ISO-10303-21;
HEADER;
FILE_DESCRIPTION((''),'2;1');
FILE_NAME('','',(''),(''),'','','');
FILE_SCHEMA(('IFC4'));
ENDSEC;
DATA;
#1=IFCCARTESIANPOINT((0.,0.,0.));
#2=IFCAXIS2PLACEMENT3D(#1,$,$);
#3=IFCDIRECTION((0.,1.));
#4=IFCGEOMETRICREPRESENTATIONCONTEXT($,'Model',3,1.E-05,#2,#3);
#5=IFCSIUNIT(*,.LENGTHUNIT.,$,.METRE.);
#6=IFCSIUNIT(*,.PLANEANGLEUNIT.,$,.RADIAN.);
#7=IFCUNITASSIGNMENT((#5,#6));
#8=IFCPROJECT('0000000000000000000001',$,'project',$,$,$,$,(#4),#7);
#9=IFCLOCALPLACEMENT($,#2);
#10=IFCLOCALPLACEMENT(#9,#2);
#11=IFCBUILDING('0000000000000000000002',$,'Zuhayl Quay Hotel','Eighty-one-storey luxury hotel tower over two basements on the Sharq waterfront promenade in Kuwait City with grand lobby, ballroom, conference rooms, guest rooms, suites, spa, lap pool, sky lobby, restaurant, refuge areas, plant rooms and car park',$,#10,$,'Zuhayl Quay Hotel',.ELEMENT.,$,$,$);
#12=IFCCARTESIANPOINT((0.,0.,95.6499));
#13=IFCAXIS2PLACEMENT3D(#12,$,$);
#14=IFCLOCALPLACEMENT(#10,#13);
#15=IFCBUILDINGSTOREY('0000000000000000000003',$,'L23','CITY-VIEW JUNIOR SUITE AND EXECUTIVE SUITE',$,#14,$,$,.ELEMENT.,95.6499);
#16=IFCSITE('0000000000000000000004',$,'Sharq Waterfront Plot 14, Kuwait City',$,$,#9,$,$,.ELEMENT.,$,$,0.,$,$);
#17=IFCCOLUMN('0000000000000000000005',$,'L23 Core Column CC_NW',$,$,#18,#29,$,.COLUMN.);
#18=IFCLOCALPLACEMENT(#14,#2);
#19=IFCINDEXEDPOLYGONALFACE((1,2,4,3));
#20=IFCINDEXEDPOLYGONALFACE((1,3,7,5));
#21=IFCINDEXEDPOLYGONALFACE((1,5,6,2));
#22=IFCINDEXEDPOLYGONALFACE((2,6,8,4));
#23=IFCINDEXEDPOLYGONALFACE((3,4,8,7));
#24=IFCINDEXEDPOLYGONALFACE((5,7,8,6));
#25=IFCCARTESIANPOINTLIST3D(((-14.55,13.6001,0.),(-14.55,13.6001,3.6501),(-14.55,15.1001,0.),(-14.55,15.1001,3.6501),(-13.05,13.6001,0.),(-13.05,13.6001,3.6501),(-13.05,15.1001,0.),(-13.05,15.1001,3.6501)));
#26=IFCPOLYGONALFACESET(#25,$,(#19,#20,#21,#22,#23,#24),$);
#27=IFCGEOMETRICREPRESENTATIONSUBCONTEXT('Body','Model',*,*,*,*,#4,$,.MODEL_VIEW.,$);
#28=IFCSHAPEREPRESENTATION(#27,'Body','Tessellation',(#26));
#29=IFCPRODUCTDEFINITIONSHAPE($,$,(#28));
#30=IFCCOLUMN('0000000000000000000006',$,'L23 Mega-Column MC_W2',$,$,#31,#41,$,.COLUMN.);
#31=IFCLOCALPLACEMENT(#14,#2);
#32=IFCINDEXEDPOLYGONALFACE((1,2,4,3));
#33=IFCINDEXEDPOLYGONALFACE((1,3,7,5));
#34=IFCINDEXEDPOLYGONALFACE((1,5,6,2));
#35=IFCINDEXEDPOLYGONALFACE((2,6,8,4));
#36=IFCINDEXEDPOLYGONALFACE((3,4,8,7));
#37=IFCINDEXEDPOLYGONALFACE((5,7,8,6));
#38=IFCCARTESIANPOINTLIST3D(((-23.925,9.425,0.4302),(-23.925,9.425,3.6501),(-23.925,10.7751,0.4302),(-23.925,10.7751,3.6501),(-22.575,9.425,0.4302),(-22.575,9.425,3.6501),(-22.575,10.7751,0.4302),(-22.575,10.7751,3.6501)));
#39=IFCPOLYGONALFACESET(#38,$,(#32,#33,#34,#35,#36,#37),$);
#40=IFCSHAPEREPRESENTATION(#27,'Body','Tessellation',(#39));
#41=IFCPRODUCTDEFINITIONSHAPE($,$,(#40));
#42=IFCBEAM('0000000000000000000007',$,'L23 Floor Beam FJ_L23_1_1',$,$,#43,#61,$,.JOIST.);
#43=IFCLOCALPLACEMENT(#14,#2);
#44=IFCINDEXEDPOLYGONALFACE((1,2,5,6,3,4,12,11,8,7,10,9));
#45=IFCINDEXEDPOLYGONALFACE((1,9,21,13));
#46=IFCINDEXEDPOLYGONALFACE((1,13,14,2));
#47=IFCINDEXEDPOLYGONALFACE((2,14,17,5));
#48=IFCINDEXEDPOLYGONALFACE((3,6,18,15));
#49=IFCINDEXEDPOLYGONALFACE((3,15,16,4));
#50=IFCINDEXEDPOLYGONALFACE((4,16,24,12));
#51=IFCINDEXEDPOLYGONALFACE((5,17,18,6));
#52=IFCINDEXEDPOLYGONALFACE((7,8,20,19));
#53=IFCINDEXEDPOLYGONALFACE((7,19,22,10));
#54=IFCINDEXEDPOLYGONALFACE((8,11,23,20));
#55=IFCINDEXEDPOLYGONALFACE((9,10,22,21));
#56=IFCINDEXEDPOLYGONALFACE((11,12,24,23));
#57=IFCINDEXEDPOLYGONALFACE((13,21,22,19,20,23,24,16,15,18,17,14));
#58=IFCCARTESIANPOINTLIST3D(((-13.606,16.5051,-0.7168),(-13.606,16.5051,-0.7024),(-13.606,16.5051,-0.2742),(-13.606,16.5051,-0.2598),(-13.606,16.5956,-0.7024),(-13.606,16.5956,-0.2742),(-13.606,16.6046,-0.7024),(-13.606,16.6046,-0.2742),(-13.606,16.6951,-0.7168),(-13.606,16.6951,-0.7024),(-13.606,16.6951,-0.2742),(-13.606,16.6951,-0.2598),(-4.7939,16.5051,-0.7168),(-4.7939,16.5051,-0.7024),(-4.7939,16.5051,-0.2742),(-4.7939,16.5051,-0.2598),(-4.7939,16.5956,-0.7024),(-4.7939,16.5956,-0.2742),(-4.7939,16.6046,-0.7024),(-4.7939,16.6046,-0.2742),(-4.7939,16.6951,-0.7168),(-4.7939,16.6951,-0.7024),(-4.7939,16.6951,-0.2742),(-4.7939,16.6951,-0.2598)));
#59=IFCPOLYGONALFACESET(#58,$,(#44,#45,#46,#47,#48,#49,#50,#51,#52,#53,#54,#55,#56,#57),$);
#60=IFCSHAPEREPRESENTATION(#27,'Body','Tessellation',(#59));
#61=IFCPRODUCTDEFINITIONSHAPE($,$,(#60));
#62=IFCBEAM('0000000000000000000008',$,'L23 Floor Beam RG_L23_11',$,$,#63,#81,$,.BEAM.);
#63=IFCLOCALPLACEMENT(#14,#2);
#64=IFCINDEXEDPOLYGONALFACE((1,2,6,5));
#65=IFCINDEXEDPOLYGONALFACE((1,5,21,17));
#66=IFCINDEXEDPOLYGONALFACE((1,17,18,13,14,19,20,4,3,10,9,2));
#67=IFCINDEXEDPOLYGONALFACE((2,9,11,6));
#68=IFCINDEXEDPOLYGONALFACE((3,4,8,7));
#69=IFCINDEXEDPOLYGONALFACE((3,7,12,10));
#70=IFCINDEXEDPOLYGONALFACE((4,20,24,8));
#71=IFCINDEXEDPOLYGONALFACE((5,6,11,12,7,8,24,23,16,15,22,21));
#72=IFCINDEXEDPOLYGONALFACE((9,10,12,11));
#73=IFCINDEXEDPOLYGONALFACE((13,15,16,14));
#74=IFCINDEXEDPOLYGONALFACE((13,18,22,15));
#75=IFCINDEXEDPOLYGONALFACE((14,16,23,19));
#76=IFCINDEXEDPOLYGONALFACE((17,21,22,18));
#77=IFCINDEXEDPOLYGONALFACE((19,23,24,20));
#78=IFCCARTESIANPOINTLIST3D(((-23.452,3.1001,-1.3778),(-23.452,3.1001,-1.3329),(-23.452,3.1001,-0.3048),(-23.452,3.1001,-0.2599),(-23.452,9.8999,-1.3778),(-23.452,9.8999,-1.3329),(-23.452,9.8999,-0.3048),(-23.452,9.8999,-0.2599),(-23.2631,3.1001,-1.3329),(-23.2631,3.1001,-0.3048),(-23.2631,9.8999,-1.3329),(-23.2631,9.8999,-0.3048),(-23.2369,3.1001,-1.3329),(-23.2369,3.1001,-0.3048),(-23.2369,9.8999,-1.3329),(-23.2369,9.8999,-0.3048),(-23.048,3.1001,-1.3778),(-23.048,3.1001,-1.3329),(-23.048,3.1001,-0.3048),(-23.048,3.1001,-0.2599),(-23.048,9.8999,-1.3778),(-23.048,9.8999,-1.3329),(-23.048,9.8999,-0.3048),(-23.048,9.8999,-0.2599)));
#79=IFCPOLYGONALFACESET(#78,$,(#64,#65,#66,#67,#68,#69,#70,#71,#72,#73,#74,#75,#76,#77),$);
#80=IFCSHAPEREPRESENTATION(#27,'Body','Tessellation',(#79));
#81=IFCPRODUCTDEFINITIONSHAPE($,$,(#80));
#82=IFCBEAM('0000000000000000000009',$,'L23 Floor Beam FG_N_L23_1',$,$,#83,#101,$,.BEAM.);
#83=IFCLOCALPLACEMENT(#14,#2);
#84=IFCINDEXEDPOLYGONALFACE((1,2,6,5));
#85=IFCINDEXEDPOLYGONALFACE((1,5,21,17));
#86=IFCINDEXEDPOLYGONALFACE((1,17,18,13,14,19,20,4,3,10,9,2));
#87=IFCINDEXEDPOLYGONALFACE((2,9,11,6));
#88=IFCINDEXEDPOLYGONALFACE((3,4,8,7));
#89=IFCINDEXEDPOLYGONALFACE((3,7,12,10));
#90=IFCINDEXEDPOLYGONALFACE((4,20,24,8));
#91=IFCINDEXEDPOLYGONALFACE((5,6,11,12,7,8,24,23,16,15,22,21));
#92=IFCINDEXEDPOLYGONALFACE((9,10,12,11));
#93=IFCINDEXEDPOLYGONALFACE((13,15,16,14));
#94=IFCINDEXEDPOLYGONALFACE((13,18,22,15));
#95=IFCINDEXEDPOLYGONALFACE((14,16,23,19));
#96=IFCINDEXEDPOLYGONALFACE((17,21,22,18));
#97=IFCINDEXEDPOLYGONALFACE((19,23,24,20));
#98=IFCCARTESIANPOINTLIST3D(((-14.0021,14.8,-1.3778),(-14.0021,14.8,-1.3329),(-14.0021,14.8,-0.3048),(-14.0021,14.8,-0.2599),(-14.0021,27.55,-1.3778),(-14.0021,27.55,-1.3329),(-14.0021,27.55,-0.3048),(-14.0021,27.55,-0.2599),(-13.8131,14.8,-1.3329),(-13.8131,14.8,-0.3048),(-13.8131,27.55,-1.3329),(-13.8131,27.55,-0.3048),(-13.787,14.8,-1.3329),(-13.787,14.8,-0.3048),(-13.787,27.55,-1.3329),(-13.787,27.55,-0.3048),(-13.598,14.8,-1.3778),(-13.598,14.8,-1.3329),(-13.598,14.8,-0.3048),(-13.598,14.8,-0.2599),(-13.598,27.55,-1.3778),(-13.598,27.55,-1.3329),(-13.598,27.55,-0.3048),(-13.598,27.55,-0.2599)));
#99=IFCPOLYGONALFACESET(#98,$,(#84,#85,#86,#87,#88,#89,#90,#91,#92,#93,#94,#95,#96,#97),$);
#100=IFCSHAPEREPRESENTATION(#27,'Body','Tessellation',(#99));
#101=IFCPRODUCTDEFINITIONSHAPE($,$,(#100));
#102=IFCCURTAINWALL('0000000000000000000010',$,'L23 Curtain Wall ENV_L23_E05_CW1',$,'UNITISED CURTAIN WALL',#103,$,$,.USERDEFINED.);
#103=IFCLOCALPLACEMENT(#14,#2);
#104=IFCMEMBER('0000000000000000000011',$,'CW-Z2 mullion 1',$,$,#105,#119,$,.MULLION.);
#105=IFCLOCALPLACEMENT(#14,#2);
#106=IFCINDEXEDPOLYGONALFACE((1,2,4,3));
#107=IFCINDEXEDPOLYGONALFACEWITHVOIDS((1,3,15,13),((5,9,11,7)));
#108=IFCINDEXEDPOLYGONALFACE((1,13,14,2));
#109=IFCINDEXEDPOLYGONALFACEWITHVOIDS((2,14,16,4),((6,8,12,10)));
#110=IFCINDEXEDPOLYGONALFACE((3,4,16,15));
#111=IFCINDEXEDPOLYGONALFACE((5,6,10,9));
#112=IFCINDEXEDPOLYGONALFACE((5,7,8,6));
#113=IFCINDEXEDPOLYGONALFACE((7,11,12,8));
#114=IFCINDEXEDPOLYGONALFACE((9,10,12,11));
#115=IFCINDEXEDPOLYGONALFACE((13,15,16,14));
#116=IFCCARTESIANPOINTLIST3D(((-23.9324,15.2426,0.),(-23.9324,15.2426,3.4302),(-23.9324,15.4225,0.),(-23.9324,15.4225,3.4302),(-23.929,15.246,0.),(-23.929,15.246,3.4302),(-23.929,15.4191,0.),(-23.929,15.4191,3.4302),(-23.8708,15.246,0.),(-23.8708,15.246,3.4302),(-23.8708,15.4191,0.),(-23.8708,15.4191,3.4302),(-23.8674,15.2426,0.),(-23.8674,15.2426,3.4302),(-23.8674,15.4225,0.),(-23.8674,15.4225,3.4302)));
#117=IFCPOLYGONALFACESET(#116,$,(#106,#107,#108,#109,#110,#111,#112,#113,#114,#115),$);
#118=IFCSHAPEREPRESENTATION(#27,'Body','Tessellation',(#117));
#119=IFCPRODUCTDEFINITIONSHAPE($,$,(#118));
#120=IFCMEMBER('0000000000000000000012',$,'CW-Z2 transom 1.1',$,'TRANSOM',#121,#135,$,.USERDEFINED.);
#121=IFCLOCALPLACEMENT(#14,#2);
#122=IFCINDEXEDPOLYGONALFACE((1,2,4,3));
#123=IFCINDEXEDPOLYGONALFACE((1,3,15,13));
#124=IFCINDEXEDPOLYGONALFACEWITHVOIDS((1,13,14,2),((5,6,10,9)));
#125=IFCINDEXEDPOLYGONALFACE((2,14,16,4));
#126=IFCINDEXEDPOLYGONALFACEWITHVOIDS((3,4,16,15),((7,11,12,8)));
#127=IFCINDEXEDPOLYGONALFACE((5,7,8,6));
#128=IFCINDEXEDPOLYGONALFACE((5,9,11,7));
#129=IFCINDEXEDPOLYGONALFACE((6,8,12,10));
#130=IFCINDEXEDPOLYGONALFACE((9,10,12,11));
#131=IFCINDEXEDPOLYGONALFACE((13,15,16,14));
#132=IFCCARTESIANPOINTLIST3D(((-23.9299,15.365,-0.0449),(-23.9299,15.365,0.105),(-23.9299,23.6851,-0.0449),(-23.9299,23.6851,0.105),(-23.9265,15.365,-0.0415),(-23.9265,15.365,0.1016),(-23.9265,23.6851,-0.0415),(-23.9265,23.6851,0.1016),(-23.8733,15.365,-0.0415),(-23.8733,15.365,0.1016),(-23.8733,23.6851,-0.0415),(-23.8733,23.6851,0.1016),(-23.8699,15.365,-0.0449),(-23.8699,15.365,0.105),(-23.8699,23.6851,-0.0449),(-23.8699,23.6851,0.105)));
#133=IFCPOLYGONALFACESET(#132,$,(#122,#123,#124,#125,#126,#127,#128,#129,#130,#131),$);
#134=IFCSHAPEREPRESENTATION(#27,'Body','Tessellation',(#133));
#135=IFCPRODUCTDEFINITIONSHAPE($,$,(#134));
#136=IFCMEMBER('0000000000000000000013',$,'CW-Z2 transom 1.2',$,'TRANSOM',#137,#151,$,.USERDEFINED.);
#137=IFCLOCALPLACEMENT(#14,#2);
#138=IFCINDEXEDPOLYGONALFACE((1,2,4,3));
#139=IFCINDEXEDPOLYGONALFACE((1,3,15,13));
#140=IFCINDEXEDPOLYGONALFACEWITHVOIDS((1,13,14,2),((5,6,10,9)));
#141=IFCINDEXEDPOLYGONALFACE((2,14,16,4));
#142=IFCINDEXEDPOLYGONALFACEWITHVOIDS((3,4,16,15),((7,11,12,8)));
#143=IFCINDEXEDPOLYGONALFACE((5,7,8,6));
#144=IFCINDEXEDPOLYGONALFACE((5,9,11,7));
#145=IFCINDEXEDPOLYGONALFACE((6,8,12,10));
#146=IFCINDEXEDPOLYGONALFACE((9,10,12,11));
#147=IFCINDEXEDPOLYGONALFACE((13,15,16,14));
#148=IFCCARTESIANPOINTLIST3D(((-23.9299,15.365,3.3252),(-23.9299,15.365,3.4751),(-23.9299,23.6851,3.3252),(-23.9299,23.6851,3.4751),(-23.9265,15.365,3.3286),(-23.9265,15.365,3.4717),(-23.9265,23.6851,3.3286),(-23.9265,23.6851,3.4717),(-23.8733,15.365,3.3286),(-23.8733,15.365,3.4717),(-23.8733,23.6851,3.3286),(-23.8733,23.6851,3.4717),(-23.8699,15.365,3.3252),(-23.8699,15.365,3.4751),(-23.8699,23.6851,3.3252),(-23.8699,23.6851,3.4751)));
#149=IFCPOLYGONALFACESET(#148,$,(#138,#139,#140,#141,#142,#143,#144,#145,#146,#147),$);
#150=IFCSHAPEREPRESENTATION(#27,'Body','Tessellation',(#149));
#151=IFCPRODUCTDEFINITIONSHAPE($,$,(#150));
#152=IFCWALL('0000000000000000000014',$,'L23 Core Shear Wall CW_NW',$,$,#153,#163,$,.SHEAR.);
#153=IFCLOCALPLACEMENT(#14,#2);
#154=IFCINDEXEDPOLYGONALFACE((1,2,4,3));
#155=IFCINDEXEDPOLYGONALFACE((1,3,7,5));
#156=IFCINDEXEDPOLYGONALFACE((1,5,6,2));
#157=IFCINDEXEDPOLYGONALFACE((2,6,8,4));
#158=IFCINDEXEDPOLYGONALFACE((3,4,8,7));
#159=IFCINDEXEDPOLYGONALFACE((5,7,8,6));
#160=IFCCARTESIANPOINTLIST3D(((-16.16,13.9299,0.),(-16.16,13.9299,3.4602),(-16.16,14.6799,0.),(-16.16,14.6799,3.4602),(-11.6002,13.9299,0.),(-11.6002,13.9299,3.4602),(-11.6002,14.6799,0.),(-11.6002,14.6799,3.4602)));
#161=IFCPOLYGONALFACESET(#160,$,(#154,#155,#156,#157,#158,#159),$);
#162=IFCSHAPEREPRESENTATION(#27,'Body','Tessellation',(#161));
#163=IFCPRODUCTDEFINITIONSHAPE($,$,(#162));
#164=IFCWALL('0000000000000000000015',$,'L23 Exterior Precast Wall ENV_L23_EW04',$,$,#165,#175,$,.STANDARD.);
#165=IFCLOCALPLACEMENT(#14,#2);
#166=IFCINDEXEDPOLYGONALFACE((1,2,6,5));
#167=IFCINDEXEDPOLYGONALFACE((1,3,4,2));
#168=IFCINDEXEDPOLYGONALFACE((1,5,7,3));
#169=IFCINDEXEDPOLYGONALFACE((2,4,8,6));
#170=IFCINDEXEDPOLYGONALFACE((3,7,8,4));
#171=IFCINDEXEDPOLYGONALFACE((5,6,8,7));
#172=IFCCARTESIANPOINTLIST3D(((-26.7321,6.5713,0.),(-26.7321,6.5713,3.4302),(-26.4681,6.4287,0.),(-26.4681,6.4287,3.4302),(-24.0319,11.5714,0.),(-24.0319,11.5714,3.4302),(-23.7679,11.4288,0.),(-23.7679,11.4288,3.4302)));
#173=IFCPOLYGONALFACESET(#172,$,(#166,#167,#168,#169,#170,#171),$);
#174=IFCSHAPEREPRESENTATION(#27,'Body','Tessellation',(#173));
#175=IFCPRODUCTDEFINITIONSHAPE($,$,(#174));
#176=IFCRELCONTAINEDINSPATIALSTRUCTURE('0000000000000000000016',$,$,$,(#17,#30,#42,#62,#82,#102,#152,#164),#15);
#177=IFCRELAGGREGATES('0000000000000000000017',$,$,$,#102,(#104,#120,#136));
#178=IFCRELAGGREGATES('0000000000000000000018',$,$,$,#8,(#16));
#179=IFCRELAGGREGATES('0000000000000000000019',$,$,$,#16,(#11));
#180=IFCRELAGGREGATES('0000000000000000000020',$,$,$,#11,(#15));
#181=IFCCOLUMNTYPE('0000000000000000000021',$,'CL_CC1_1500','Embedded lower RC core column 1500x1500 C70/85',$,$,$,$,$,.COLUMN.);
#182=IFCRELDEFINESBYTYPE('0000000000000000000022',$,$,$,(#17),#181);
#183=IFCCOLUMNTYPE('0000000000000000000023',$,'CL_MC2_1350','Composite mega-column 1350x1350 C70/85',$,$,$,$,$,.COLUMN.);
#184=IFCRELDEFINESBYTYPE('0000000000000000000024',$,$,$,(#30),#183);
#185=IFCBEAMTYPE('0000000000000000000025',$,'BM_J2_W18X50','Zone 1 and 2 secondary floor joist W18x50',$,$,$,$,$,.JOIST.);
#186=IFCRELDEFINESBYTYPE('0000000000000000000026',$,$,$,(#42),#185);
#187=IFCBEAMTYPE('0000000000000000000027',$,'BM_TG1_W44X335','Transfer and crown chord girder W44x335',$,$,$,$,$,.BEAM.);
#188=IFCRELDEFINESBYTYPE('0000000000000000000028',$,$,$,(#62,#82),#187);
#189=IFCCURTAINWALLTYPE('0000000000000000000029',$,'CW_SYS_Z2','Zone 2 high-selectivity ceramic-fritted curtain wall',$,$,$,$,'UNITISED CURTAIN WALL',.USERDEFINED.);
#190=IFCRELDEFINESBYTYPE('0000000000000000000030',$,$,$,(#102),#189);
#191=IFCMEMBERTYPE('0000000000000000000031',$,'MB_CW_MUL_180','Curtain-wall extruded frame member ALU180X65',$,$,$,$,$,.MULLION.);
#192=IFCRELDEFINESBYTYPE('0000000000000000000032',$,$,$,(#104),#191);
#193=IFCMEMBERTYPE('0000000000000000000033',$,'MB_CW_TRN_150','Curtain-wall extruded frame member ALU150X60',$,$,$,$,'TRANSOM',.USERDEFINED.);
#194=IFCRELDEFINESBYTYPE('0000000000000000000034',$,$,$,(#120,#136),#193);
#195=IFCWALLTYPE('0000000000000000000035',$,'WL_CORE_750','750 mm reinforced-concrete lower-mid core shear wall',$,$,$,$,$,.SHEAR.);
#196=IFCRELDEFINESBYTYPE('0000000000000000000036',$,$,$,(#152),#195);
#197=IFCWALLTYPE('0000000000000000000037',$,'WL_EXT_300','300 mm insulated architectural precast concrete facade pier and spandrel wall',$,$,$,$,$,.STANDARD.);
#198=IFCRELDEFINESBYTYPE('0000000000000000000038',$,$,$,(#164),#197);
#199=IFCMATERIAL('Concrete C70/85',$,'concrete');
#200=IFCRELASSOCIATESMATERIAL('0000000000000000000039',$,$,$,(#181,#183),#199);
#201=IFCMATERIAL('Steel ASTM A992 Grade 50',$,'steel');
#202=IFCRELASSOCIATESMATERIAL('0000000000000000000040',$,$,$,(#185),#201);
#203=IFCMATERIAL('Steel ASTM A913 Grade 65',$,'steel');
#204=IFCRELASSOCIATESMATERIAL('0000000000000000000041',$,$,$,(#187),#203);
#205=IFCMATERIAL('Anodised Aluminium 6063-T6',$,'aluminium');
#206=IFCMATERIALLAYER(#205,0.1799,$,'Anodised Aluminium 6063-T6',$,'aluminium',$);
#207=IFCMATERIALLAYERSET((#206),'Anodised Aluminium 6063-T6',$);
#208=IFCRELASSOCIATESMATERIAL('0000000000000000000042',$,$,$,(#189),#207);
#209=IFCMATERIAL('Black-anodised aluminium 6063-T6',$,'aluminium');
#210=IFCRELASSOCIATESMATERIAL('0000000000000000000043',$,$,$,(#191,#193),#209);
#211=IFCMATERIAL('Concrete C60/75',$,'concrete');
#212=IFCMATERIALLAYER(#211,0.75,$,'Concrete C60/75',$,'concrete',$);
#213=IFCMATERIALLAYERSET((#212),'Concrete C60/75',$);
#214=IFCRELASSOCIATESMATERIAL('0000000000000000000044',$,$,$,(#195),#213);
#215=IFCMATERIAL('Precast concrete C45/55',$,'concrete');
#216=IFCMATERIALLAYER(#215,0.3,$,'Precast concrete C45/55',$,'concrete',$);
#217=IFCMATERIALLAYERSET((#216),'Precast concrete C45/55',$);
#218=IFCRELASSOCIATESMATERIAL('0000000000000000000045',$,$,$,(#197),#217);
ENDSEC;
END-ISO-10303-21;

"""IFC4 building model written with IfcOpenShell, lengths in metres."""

from ifc_helpers import new_model, si_unit, direction, frame, frame_2d, origin, origin_2d, place, context, subcontext, project, spatial, rectangle, hollow_rectangle, i_section, extrude, material, layer, layer_set, material_profile, profile_set, type_object, element, aggregate, save


model = new_model("IFC4")

# Units and contexts
model_context = context("Model", 3, precision=1e-05, world=origin(), true_north=direction((0.0, 1.0)))
body_context = subcontext(model_context, "Body", "Model", "MODEL_VIEW")
ifc_project = project(units=[si_unit("LENGTHUNIT", "METRE"), si_unit("PLANEANGLEUNIT", "RADIAN")], contexts=[model_context])

# Site, building, storey
site_placement = place(None, origin())
site = spatial("IfcSite", under=ifc_project, at=site_placement, Name="Sharq Waterfront Plot 14, Kuwait City", CompositionType="ELEMENT", RefElevation=0.0)
building_placement = place(site_placement, origin())
building = spatial("IfcBuilding", under=site, at=building_placement, Name="Zuhayl Quay Hotel", Description="Eighty-one-storey luxury hotel tower over two basements on the Sharq waterfront promenade in Kuwait City with grand lobby, ballroom, conference rooms, guest rooms, suites, spa, lap pool, sky lobby, restaurant, refuge areas, plant rooms and car park", LongName="Zuhayl Quay Hotel", CompositionType="ELEMENT")
storey_placement = place(building_placement, frame((0.0, 0.0, 95.6499)))
storey = spatial("IfcBuildingStorey", under=building, at=storey_placement, Name="L23", Description="CITY-VIEW JUNIOR SUITE AND EXECUTIVE SUITE", CompositionType="ELEMENT", Elevation=95.6499)

# Columns
ifc_material_1 = material(Name="Concrete C70/85", Category="concrete")
ifc_material_profile_1 = material_profile(ifc_material_1, rectangle(XDim=1.5, YDim=1.5, at=origin_2d()), Name="RC1500X1500")
ifc_profile_set_1 = profile_set([ifc_material_profile_1], Name="Concrete C70/85")
column_type_1 = type_object("IfcColumnType", Name="CL_CC1_1500", Description="Embedded lower RC core column 1500x1500 C70/85", PredefinedType="COLUMN", material=ifc_profile_set_1)
column_1_placement = place(storey_placement, frame((-13.8, 14.3501, 0.0), z_axis=(0.0, 0.0, 1.0), x_axis=(1.0, 0.0, 0.0)))
element("IfcColumn", 1, at=column_1_placement, inside=storey, type_object=column_type_1, Name="L23 Core Column CC_NW", PredefinedType="COLUMN", context=body_context, shape_type="SweptSolid", body=[
    extrude(rectangle(XDim=1.5, YDim=1.5, at=origin_2d()), origin(), (0.0, 0.0, 1.0), 3.6501),
])
ifc_material_profile_2 = material_profile(ifc_material_1, rectangle(XDim=1.3501, YDim=1.3501, at=origin_2d()), Name="RC1350X1350")
ifc_profile_set_2 = profile_set([ifc_material_profile_2], Name="Concrete C70/85")
column_type_2 = type_object("IfcColumnType", Name="CL_MC2_1350", Description="Composite mega-column 1350x1350 C70/85", PredefinedType="COLUMN", material=ifc_profile_set_2)
column_2_placement = place(storey_placement, frame((-23.25, 10.1001, 0.4302), z_axis=(0.0, 0.0, 1.0), x_axis=(1.0, 0.0, 0.0)))
element("IfcColumn", 2, at=column_2_placement, inside=storey, type_object=column_type_2, Name="L23 Mega-Column MC_W2", PredefinedType="COLUMN", context=body_context, shape_type="SweptSolid", body=[
    extrude(rectangle(XDim=1.3501, YDim=1.3501, at=origin_2d()), origin(), (0.0, 0.0, 1.0), 3.22),
])

# Beams
ifc_material_2 = material(Name="Steel ASTM A992 Grade 50", Category="steel")
ifc_material_profile_3 = material_profile(ifc_material_2, i_section(OverallWidth=0.1899, OverallDepth=0.457, WebThickness=0.009, FlangeThickness=0.0144, at=origin_2d()), Name="W18X50")
ifc_profile_set_3 = profile_set([ifc_material_profile_3], Name="Steel ASTM A992 Grade 50")
beam_type_1 = type_object("IfcBeamType", Name="BM_J2_W18X50", Description="Zone 1 and 2 secondary floor joist W18x50", PredefinedType="JOIST", material=ifc_profile_set_3)
beam_1_placement = place(storey_placement, frame((-13.606, 16.6001, -0.4883), z_axis=(1.0, 0.0, 0.0), x_axis=(0.0, 1.0, 0.0)))
element("IfcBeam", 3, at=beam_1_placement, inside=storey, type_object=beam_type_1, Name="L23 Floor Beam FJ_L23_1_1", PredefinedType="JOIST", context=body_context, shape_type="SweptSolid", body=[
    extrude(i_section(OverallWidth=0.1899, OverallDepth=0.457, WebThickness=0.009, FlangeThickness=0.0144, at=origin_2d()), origin(), (0.0, 0.0, 1.0), 8.812),
])
ifc_material_3 = material(Name="Steel ASTM A913 Grade 65", Category="steel")
ifc_material_profile_4 = material_profile(ifc_material_3, i_section(OverallWidth=0.4041, OverallDepth=1.1179, WebThickness=0.0261, FlangeThickness=0.0449, at=origin_2d()), Name="W44X335")
ifc_profile_set_4 = profile_set([ifc_material_profile_4], Name="Steel ASTM A913 Grade 65")
beam_type_2 = type_object("IfcBeamType", Name="BM_TG1_W44X335", Description="Transfer and crown chord girder W44x335", PredefinedType="BEAM", material=ifc_profile_set_4)
beam_2_placement = place(storey_placement, frame((-23.25, 9.8999, -0.8188), z_axis=(0.0, -1.0, 0.0), x_axis=(1.0, 0.0, 0.0)))
element("IfcBeam", 4, at=beam_2_placement, inside=storey, type_object=beam_type_2, Name="L23 Floor Beam RG_L23_11", PredefinedType="BEAM", context=body_context, shape_type="SweptSolid", body=[
    extrude(i_section(OverallWidth=0.4041, OverallDepth=1.1179, WebThickness=0.0261, FlangeThickness=0.0449, at=origin_2d()), origin(), (0.0, 0.0, 1.0), 6.7998),
])
beam_3_placement = place(storey_placement, frame((-13.8, 14.8, -0.8188), z_axis=(0.0, 1.0, 0.0), x_axis=(-1.0, 0.0, 0.0)))
element("IfcBeam", 5, at=beam_3_placement, inside=storey, type_object=beam_type_2, Name="L23 Floor Beam FG_N_L23_1", PredefinedType="BEAM", context=body_context, shape_type="SweptSolid", body=[
    extrude(i_section(OverallWidth=0.4041, OverallDepth=1.1179, WebThickness=0.0261, FlangeThickness=0.0449, at=origin_2d()), origin(), (0.0, 0.0, 1.0), 12.75),
])

# Curtain wall, members
ifc_material_4 = material(Name="Anodised Aluminium 6063-T6", Category="aluminium")
ifc_layer_1 = layer(ifc_material_4, 0.1799, Name="Anodised Aluminium 6063-T6", Category="aluminium")
ifc_layer_set_1 = layer_set([ifc_layer_1], Name="Anodised Aluminium 6063-T6")
curtain_wall_type = type_object("IfcCurtainWallType", Name="CW_SYS_Z2", Description="Zone 2 high-selectivity ceramic-fritted curtain wall", ElementType="UNITISED CURTAIN WALL", PredefinedType="USERDEFINED", material=ifc_layer_set_1)
curtain_wall_placement = place(storey_placement, origin())
curtain_wall = element("IfcCurtainWall", 6, at=curtain_wall_placement, inside=storey, type_object=curtain_wall_type, Name="L23 Curtain Wall ENV_L23_E05_CW1", ObjectType="UNITISED CURTAIN WALL", PredefinedType="USERDEFINED")
ifc_material_5 = material(Name="Black-anodised aluminium 6063-T6", Category="aluminium")
ifc_material_profile_5 = material_profile(ifc_material_5, hollow_rectangle(XDim=0.0649, YDim=0.1799, WallThickness=0.0034, at=origin_2d()), Name="ALU180X65")
ifc_profile_set_5 = profile_set([ifc_material_profile_5], Name="Black-anodised aluminium 6063-T6")
member_type_1 = type_object("IfcMemberType", Name="MB_CW_MUL_180", Description="Curtain-wall extruded frame member ALU180X65", PredefinedType="MULLION", material=ifc_profile_set_5)
member_1_placement = place(storey_placement, frame((-23.8999, 15.3325, 0.0), z_axis=(0.0, 0.0, 1.0), x_axis=(-1.0, 0.0, 0.0)))
member_1 = element("IfcMember", 7, at=member_1_placement, type_object=member_type_1, Name="CW-Z2 mullion 1", PredefinedType="MULLION", context=body_context, shape_type="SweptSolid", body=[
    extrude(hollow_rectangle(XDim=0.0649, YDim=0.1799, WallThickness=0.0034, at=origin_2d()), origin(), (0.0, 0.0, 1.0), 3.4302),
])
ifc_material_profile_6 = material_profile(ifc_material_5, hollow_rectangle(XDim=0.0601, YDim=0.1499, WallThickness=0.0034, at=origin_2d()), Name="ALU150X60")
ifc_profile_set_6 = profile_set([ifc_material_profile_6], Name="Black-anodised aluminium 6063-T6")
member_type_2 = type_object("IfcMemberType", Name="MB_CW_TRN_150", Description="Curtain-wall extruded frame member ALU150X60", ElementType="TRANSOM", PredefinedType="USERDEFINED", material=ifc_profile_set_6)
member_2_placement = place(storey_placement, frame((-23.8999, 15.365, 0.03), z_axis=(0.0, 1.0, 0.0), x_axis=(-1.0, 0.0, 0.0)))
member_2 = element("IfcMember", 8, at=member_2_placement, type_object=member_type_2, Name="CW-Z2 transom 1.1", ObjectType="TRANSOM", PredefinedType="USERDEFINED", context=body_context, shape_type="SweptSolid", body=[
    extrude(hollow_rectangle(XDim=0.0601, YDim=0.1499, WallThickness=0.0034, at=origin_2d()), origin(), (0.0, 0.0, 1.0), 8.3201),
])
member_3_placement = place(storey_placement, frame((-23.8999, 15.365, 3.4001), z_axis=(0.0, 1.0, 0.0), x_axis=(-1.0, 0.0, 0.0)))
member_3 = element("IfcMember", 9, at=member_3_placement, type_object=member_type_2, Name="CW-Z2 transom 1.2", ObjectType="TRANSOM", PredefinedType="USERDEFINED", context=body_context, shape_type="SweptSolid", body=[
    extrude(hollow_rectangle(XDim=0.0601, YDim=0.1499, WallThickness=0.0034, at=origin_2d()), origin(), (0.0, 0.0, 1.0), 8.3201),
])
aggregate(curtain_wall, [member_1, member_2, member_3])

# Walls
ifc_material_6 = material(Name="Concrete C60/75", Category="concrete")
ifc_layer_2 = layer(ifc_material_6, 0.75, Name="Concrete C60/75", Category="concrete")
ifc_layer_set_2 = layer_set([ifc_layer_2], Name="Concrete C60/75")
wall_type_1 = type_object("IfcWallType", Name="WL_CORE_750", Description="750 mm reinforced-concrete lower-mid core shear wall", PredefinedType="SHEAR", material=ifc_layer_set_2)
wall_1_placement = place(storey_placement, frame((-16.1599, 14.3049, 0.0), z_axis=(0.0, 0.0, 1.0), x_axis=(1.0, 0.0, 0.0)))
element("IfcWall", 10, at=wall_1_placement, inside=storey, type_object=wall_type_1, Name="L23 Core Shear Wall CW_NW", PredefinedType="SHEAR", context=body_context, shape_type="SweptSolid", body=[
    extrude(rectangle(XDim=4.5598, YDim=0.75, at=frame_2d((2.2798, 0.0))), origin(), (0.0, 0.0, 1.0), 3.4602),
])
ifc_material_7 = material(Name="Precast concrete C45/55", Category="concrete")
ifc_layer_3 = layer(ifc_material_7, 0.3, Name="Precast concrete C45/55", Category="concrete")
ifc_layer_set_3 = layer_set([ifc_layer_3], Name="Precast concrete C45/55")
wall_type_2 = type_object("IfcWallType", Name="WL_EXT_300", Description="300 mm insulated architectural precast concrete facade pier and spandrel wall", PredefinedType="STANDARD", material=ifc_layer_set_3)
wall_2_placement = place(storey_placement, frame((-26.6001, 6.5, 0.0), z_axis=(0.0, 0.0, 1.0), x_axis=(0.475176, 0.879891, 0.0)))
element("IfcWall", 11, at=wall_2_placement, inside=storey, type_object=wall_type_2, Name="L23 Exterior Precast Wall ENV_L23_EW04", PredefinedType="STANDARD", context=body_context, shape_type="SweptSolid", body=[
    extrude(rectangle(XDim=5.6826, YDim=0.3, at=frame_2d((2.8413, 0.0))), origin(), (0.0, 0.0, 1.0), 3.4302),
])

save(model, "model.ifc")
